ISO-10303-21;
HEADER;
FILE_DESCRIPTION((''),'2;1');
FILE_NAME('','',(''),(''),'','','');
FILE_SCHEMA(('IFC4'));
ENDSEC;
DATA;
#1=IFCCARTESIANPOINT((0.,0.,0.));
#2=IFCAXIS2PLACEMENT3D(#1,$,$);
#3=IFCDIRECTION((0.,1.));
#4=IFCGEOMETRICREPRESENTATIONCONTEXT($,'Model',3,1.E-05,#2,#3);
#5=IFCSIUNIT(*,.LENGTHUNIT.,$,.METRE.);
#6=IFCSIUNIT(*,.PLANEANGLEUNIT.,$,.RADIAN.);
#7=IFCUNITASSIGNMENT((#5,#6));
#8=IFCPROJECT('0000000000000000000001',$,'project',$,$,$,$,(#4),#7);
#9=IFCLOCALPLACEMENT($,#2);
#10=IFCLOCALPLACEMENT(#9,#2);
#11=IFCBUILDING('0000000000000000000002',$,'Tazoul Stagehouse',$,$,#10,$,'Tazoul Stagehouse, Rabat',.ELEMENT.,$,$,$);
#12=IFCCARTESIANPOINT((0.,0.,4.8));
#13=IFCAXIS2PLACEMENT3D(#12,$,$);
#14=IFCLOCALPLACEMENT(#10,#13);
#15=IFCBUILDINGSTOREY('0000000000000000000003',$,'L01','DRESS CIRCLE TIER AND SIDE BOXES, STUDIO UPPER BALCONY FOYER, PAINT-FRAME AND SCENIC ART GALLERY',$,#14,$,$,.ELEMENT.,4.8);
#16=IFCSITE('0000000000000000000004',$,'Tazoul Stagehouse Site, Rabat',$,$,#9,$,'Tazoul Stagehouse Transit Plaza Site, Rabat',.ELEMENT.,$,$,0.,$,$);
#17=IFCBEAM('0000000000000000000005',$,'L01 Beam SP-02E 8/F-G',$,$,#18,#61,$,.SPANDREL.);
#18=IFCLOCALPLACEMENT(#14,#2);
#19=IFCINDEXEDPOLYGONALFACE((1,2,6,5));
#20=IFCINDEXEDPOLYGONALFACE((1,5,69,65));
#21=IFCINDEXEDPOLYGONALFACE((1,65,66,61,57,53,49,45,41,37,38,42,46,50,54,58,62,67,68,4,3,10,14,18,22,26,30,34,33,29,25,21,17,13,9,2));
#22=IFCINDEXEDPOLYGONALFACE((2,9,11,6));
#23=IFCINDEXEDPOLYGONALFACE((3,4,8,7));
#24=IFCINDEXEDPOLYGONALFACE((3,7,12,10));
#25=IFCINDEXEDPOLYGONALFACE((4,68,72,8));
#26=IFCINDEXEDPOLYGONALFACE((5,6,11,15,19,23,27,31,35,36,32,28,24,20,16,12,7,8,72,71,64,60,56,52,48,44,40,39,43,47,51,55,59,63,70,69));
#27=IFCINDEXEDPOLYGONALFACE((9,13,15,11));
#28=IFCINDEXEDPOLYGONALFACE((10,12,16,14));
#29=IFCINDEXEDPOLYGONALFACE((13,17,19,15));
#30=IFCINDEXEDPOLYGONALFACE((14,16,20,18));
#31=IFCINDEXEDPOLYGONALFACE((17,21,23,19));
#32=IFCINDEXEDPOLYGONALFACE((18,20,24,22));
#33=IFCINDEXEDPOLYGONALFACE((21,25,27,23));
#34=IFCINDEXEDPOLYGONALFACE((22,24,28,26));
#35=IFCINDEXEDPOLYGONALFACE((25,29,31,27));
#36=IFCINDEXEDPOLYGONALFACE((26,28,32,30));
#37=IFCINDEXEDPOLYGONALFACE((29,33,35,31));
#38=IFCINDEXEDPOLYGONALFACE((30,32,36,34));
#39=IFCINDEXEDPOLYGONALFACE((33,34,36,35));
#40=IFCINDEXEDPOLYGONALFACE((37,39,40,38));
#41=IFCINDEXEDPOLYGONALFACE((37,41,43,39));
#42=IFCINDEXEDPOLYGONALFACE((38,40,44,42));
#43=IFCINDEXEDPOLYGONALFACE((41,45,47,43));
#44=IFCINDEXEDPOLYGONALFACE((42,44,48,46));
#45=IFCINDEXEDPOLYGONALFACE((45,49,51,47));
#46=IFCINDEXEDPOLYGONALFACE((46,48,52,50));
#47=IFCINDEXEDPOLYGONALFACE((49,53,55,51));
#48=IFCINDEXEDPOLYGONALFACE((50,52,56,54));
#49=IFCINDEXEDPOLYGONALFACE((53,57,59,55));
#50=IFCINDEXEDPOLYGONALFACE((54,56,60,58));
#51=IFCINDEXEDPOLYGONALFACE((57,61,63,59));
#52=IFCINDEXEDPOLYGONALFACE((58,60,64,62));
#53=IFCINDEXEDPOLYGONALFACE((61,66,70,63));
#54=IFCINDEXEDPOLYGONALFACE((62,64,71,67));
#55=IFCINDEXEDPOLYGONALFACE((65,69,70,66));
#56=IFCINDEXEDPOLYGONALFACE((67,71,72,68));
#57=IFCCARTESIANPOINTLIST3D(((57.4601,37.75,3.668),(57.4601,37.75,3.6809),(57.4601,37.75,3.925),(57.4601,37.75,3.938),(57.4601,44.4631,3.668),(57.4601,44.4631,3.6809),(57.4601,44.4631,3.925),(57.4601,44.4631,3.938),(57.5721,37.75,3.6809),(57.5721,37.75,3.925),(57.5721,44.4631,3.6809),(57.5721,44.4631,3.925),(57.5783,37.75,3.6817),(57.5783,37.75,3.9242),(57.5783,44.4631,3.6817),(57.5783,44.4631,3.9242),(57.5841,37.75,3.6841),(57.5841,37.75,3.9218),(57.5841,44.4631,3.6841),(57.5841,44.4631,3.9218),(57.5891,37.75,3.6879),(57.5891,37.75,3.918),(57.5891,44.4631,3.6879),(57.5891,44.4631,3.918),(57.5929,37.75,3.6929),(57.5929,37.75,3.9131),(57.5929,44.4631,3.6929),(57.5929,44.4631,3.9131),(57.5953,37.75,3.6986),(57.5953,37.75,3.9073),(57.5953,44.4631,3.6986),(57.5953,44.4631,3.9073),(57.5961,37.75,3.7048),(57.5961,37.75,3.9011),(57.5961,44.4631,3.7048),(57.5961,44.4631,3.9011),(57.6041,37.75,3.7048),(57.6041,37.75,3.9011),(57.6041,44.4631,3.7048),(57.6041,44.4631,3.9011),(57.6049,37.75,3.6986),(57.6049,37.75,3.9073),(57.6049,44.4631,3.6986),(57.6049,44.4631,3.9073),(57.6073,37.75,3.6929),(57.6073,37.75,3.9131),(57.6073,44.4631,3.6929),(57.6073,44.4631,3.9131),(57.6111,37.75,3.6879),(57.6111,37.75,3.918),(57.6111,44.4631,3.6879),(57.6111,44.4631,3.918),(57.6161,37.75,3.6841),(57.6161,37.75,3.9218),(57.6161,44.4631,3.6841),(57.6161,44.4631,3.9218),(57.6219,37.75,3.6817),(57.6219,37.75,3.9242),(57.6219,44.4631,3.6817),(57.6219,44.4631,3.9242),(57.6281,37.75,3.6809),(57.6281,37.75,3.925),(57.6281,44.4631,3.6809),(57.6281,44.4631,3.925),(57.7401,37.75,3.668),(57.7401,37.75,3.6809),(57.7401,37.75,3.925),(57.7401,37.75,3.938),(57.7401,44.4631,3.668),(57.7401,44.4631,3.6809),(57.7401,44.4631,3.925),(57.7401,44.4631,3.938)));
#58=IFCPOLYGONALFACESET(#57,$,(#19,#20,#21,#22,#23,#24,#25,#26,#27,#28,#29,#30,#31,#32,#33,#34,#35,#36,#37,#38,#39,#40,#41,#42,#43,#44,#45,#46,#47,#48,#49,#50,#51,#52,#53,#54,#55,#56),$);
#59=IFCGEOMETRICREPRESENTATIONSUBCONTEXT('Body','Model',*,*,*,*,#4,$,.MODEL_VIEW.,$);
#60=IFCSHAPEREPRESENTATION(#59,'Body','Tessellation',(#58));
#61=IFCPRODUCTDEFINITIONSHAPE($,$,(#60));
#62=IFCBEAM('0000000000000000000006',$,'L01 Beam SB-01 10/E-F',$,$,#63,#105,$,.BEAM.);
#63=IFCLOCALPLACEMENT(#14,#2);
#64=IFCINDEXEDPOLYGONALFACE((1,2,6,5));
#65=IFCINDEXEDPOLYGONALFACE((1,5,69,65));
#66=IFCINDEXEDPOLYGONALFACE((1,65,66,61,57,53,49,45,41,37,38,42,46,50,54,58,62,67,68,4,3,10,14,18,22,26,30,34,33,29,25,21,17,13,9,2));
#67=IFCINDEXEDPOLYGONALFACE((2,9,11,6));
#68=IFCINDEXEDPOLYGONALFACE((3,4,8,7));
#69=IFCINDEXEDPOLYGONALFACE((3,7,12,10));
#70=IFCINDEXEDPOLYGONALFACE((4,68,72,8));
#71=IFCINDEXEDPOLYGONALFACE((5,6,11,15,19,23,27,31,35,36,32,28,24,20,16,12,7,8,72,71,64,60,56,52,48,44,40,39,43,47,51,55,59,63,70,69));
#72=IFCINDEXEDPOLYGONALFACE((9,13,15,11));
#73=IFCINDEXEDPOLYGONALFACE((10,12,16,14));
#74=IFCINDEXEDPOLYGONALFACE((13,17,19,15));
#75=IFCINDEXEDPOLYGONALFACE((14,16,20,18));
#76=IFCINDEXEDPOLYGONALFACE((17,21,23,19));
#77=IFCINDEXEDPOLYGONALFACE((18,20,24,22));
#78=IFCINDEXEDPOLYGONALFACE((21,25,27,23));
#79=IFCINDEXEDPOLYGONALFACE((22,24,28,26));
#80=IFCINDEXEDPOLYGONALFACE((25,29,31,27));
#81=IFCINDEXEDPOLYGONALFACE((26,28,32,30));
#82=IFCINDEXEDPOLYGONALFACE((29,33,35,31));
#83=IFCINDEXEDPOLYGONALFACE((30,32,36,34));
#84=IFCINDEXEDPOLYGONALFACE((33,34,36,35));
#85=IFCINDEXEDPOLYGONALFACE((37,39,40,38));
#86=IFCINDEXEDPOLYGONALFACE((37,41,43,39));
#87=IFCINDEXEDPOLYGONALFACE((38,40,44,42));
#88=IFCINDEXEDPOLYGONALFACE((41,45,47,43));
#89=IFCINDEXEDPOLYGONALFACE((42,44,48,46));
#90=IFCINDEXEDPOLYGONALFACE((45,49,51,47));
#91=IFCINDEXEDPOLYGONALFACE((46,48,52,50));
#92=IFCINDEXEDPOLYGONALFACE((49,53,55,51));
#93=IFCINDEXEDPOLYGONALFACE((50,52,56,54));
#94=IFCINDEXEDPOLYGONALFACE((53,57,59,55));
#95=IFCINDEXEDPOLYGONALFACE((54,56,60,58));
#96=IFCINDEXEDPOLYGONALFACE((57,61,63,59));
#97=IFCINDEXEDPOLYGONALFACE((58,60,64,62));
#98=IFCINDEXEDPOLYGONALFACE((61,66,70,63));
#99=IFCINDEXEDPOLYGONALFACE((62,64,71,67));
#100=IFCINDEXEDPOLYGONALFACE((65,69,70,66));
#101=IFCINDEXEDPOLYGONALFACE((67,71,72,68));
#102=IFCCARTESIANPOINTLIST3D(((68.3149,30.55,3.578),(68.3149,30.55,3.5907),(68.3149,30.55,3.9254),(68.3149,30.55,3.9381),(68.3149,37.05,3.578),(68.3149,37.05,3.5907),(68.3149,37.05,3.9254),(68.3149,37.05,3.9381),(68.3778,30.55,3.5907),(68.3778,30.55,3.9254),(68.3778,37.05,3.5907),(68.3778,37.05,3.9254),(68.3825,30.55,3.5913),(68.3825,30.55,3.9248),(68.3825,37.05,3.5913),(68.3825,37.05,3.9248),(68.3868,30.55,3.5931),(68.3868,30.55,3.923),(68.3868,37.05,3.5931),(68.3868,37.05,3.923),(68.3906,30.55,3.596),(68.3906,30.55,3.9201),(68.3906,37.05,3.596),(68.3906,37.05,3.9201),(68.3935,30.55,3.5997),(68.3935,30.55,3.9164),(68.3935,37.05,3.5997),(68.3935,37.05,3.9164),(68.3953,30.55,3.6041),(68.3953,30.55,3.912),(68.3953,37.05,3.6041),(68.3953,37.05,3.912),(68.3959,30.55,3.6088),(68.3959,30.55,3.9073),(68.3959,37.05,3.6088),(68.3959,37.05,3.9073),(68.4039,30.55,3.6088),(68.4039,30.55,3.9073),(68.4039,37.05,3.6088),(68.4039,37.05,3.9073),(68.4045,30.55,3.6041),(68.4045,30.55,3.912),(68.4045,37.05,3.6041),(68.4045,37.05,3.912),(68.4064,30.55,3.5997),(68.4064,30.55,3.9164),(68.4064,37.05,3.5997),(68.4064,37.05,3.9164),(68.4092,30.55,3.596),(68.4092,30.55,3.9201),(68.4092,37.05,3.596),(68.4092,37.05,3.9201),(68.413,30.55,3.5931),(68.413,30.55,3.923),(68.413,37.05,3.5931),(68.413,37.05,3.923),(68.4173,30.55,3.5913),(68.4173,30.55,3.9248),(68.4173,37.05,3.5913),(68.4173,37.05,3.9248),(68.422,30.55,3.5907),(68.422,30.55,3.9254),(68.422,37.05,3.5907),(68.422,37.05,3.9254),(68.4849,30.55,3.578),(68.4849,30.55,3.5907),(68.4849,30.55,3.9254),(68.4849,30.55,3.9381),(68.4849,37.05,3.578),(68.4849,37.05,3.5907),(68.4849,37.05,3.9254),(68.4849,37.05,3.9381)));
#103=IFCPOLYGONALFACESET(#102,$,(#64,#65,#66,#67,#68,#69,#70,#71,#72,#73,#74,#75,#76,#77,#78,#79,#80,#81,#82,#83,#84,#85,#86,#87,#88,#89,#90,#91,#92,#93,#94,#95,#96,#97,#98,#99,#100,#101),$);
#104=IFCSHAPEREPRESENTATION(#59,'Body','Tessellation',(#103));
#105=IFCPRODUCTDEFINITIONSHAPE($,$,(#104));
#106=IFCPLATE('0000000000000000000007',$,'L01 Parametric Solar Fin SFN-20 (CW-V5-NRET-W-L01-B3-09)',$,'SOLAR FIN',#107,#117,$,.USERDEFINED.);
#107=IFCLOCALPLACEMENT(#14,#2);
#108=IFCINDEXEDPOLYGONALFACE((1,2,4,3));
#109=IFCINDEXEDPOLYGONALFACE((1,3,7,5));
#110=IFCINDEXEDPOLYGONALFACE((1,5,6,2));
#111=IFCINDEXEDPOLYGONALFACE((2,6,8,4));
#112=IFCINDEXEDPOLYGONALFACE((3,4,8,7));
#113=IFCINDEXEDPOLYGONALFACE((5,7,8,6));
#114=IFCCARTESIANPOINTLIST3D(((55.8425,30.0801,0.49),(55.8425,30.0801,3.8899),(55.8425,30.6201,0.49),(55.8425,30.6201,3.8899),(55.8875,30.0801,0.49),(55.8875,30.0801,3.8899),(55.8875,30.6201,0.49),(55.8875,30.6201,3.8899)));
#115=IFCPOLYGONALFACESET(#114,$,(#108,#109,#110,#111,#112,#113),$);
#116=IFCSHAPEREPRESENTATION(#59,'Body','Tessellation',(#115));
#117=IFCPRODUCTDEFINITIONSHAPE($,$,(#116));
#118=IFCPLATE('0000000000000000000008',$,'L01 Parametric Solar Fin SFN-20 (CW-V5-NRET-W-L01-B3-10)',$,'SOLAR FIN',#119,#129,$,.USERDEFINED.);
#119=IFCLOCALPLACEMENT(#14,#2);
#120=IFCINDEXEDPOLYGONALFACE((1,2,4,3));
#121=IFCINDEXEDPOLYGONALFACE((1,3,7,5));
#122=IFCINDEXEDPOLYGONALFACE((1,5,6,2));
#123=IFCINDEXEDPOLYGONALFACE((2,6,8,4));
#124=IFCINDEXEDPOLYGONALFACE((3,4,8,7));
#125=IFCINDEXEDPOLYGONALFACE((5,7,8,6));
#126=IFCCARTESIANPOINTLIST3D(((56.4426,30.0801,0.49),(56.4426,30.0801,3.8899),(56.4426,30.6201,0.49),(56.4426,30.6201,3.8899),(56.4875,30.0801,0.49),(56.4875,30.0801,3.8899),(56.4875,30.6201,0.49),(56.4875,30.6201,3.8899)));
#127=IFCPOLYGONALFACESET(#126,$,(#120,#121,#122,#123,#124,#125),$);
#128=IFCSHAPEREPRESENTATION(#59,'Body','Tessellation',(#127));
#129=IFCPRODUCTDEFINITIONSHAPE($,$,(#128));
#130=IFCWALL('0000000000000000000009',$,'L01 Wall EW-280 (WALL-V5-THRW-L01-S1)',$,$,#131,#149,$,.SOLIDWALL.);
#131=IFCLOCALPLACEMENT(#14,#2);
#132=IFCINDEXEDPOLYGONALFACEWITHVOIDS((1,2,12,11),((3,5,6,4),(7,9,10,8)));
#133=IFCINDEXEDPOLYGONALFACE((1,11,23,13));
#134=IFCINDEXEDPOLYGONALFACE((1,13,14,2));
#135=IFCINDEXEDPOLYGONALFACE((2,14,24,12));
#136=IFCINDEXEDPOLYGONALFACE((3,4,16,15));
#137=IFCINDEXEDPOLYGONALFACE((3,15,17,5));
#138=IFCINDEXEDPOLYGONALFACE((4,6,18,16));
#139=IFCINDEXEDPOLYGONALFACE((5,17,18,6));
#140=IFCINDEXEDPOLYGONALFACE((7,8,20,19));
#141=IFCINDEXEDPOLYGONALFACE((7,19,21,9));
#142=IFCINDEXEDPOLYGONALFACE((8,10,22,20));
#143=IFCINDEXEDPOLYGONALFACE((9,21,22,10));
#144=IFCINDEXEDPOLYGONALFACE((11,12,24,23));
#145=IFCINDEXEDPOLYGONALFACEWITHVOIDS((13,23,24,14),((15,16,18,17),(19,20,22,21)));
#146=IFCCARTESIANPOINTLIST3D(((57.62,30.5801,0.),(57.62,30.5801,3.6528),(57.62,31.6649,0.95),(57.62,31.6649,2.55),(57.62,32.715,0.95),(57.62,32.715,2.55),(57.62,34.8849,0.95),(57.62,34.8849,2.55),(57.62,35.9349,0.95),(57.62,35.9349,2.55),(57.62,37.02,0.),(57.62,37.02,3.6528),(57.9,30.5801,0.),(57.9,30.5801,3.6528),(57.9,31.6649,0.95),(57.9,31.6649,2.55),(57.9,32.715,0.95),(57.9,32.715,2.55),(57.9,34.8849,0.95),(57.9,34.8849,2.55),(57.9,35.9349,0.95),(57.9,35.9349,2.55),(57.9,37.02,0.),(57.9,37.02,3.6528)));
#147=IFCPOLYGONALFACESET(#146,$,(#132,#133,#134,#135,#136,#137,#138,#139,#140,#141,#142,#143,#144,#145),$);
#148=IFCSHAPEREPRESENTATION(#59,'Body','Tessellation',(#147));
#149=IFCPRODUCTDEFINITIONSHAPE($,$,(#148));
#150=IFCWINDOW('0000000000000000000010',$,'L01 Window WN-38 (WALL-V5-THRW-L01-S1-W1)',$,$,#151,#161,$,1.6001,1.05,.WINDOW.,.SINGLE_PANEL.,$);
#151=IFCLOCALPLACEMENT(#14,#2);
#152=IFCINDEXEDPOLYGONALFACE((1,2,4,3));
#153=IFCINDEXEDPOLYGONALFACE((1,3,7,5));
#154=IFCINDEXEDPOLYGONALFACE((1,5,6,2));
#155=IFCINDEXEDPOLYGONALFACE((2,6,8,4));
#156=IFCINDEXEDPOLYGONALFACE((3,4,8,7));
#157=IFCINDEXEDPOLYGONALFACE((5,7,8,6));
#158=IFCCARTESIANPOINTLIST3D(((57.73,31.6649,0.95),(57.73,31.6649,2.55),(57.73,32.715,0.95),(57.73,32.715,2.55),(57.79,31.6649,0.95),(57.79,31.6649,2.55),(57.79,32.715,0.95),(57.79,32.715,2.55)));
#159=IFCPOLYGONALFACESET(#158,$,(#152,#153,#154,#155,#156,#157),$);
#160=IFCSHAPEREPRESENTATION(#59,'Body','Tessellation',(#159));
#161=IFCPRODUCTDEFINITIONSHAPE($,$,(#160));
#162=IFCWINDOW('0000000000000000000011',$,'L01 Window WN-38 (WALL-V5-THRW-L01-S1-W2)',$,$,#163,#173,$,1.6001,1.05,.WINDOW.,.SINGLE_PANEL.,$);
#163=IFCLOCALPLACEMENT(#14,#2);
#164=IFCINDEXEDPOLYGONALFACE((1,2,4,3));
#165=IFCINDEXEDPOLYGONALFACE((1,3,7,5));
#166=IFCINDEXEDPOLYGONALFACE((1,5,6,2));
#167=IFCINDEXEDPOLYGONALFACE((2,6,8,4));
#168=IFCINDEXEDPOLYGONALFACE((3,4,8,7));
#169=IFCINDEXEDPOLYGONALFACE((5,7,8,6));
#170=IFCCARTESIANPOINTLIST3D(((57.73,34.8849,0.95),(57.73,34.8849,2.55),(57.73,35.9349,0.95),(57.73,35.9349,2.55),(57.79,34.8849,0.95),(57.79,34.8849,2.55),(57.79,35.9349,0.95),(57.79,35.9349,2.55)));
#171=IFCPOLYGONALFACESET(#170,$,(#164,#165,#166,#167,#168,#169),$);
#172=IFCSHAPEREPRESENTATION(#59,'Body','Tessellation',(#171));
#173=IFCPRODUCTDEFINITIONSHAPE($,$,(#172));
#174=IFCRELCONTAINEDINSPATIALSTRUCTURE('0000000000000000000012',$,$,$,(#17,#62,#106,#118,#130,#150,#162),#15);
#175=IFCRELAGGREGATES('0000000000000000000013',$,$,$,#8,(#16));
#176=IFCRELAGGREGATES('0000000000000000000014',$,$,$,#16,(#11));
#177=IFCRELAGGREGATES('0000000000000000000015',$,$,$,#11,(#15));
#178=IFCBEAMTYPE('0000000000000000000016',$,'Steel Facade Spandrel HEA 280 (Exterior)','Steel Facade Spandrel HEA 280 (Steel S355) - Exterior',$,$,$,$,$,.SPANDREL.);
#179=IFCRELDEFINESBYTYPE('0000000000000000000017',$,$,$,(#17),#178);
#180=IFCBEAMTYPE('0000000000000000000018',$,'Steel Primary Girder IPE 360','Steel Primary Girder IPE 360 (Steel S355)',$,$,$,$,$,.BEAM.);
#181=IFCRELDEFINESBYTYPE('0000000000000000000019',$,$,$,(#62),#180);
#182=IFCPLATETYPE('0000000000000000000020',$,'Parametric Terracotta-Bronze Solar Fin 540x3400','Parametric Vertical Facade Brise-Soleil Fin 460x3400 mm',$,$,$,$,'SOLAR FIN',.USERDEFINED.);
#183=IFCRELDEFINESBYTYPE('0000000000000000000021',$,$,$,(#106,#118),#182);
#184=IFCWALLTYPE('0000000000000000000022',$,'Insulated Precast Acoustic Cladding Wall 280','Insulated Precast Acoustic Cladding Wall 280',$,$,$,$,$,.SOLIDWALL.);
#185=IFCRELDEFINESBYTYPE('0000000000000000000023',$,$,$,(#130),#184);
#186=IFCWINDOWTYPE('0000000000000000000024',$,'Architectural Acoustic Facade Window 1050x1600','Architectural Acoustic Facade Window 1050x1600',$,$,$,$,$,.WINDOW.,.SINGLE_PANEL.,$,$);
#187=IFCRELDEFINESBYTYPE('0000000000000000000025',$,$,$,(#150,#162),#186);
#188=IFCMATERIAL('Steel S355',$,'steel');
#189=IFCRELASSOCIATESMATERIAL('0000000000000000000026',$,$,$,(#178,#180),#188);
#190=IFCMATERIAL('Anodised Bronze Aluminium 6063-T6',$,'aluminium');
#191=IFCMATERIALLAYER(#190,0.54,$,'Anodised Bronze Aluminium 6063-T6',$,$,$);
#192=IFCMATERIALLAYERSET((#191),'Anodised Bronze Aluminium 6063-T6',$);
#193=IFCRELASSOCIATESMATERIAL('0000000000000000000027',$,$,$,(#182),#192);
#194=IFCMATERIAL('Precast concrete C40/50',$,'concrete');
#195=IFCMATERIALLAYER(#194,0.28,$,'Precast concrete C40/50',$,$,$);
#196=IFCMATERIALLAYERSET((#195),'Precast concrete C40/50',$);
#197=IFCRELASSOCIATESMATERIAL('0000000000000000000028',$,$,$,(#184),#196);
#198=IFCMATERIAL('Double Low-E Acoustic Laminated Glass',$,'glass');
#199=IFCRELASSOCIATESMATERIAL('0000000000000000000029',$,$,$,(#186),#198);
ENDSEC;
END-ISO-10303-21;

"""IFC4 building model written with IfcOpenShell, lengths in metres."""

from ifc_helpers import new_model, si_unit, direction, frame, frame_2d, origin, origin_2d, place, context, subcontext, project, spatial, rectangle, i_section, extrude, material, layer, layer_set, material_profile, profile_set, type_object, element, fill, save


model = new_model("IFC4")

# Units and contexts
model_context = context("Model", 3, precision=1e-05, world=origin(), true_north=direction((0.0, 1.0)))
body_context = subcontext(model_context, "Body", "Model", "MODEL_VIEW")
ifc_project = project(units=[si_unit("LENGTHUNIT", "METRE"), si_unit("PLANEANGLEUNIT", "RADIAN")], contexts=[model_context])

# Site, building, storey
site_placement = place(None, origin())
site = spatial("IfcSite", under=ifc_project, at=site_placement, Name="Tazoul Stagehouse Site, Rabat", LongName="Tazoul Stagehouse Transit Plaza Site, Rabat", CompositionType="ELEMENT", RefElevation=0.0)
building_placement = place(site_placement, origin())
building = spatial("IfcBuilding", under=site, at=building_placement, Name="Tazoul Stagehouse", LongName="Tazoul Stagehouse, Rabat", CompositionType="ELEMENT")
storey_placement = place(building_placement, frame((0.0, 0.0, 4.8)))
storey = spatial("IfcBuildingStorey", under=building, at=storey_placement, Name="L01", Description="DRESS CIRCLE TIER AND SIDE BOXES, STUDIO UPPER BALCONY FOYER, PAINT-FRAME AND SCENIC ART GALLERY", CompositionType="ELEMENT", Elevation=4.8)

# Beams
ifc_material_1 = material(Name="Steel S355", Category="steel")
ifc_material_profile_1 = material_profile(ifc_material_1, i_section(OverallWidth=0.28, OverallDepth=0.27, WebThickness=0.0081, FlangeThickness=0.0129, FilletRadius=0.0239, at=origin_2d()), Name="HEA 280")
ifc_profile_set_1 = profile_set([ifc_material_profile_1], Name="Steel S355")
beam_type_1 = type_object("IfcBeamType", Name="Steel Facade Spandrel HEA 280 (Exterior)", Description="Steel Facade Spandrel HEA 280 (Steel S355) - Exterior", PredefinedType="SPANDREL", material=ifc_profile_set_1)
beam_1_placement = place(storey_placement, frame((57.6001, 37.75, 3.803), z_axis=(0.0, 1.0, 0.0), x_axis=(-1.0, 0.0, 0.0)))
element("IfcBeam", 1, at=beam_1_placement, inside=storey, type_object=beam_type_1, Name="L01 Beam SP-02E 8/F-G", PredefinedType="SPANDREL", context=body_context, shape_type="SweptSolid", body=[
    extrude(i_section(OverallWidth=0.28, OverallDepth=0.27, WebThickness=0.0081, FlangeThickness=0.0129, FilletRadius=0.0239, at=origin_2d()), origin(), (0.0, 0.0, 1.0), 6.7131),
])
ifc_material_profile_2 = material_profile(ifc_material_1, i_section(OverallWidth=0.1699, OverallDepth=0.3601, WebThickness=0.0081, FlangeThickness=0.0127, FilletRadius=0.0181, at=origin_2d()), Name="IPE 360")
ifc_profile_set_2 = profile_set([ifc_material_profile_2], Name="Steel S355")
beam_type_2 = type_object("IfcBeamType", Name="Steel Primary Girder IPE 360", Description="Steel Primary Girder IPE 360 (Steel S355)", PredefinedType="BEAM", material=ifc_profile_set_2)
beam_2_placement = place(storey_placement, frame((68.3999, 30.55, 3.7581), z_axis=(0.0, 1.0, 0.0), x_axis=(-1.0, 0.0, 0.0)))
element("IfcBeam", 2, at=beam_2_placement, inside=storey, type_object=beam_type_2, Name="L01 Beam SB-01 10/E-F", PredefinedType="BEAM", context=body_context, shape_type="SweptSolid", body=[
    extrude(i_section(OverallWidth=0.1699, OverallDepth=0.3601, WebThickness=0.0081, FlangeThickness=0.0127, FilletRadius=0.0181, at=origin_2d()), origin(), (0.0, 0.0, 1.0), 6.5),
])

# Plates
ifc_material_2 = material(Name="Anodised Bronze Aluminium 6063-T6", Category="aluminium")
ifc_layer_1 = layer(ifc_material_2, 0.54, Name="Anodised Bronze Aluminium 6063-T6")
ifc_layer_set_1 = layer_set([ifc_layer_1], Name="Anodised Bronze Aluminium 6063-T6")
plate_type = type_object("IfcPlateType", Name="Parametric Terracotta-Bronze Solar Fin 540x3400", Description="Parametric Vertical Facade Brise-Soleil Fin 460x3400 mm", ElementType="SOLAR FIN", PredefinedType="USERDEFINED", material=ifc_layer_set_1)
for number, where, z_axis, x_axis, name in (
    (3, (55.865, 30.3501, 0.49), (0.0, 0.0, 1.0), (1.0, 0.0, 0.0), "L01 Parametric Solar Fin SFN-20 (CW-V5-NRET-W-L01-B3-09)"),
    (4, (56.4651, 30.3501, 0.49), (0.0, 0.0, 1.0), (1.0, 0.0, 0.0), "L01 Parametric Solar Fin SFN-20 (CW-V5-NRET-W-L01-B3-10)"),
):
    element("IfcPlate", number, at=place(storey_placement, frame(where, z_axis=z_axis, x_axis=x_axis)), inside=storey, type_object=plate_type, Name=name, ObjectType="SOLAR FIN", PredefinedType="USERDEFINED", context=body_context, shape_type="SweptSolid", body=[
        extrude(rectangle(XDim=0.0449, YDim=0.54, at=origin_2d()), origin(), (0.0, 0.0, 1.0), 3.3999),
    ])

# Wall, openings, windows
ifc_material_3 = material(Name="Precast concrete C40/50", Category="concrete")
ifc_layer_2 = layer(ifc_material_3, 0.28, Name="Precast concrete C40/50")
ifc_layer_set_2 = layer_set([ifc_layer_2], Name="Precast concrete C40/50")
wall_type_1 = type_object("IfcWallType", Name="Insulated Precast Acoustic Cladding Wall 280", Description="Insulated Precast Acoustic Cladding Wall 280", PredefinedType="SOLIDWALL", material=ifc_layer_set_2)
wall_1_placement = place(storey_placement, frame((57.76, 30.5801, 0.0), z_axis=(0.0, 0.0, 1.0), x_axis=(0.0, 1.0, 0.0)))
wall_1 = element("IfcWall", 5, at=wall_1_placement, inside=storey, type_object=wall_type_1, Name="L01 Wall EW-280 (WALL-V5-THRW-L01-S1)", PredefinedType="SOLIDWALL", context=body_context, shape_type="SweptSolid", body=[
    extrude(rectangle(XDim=6.4399, YDim=0.28, at=frame_2d((3.22, 0.0))), origin(), (0.0, 0.0, 1.0), 3.6528),
])
opening_1_placement = place(wall_1_placement, frame((1.085, 0.0, 0.95)))
opening_1 = element("IfcOpeningElement", 6, at=opening_1_placement, cuts=wall_1, PredefinedType="OPENING", context=body_context, shape_type="SweptSolid", body=[
    extrude(rectangle(XDim=1.05, YDim=1.6001, at=frame_2d((0.5249, 0.8))), frame((0.0, 0.1599, 0.0), z_axis=(0.0, -1.0, 0.0), x_axis=(1.0, 0.0, 0.0)), (0.0, 0.0, 1.0), 0.3201),
])
opening_2_placement = place(wall_1_placement, frame((4.3049, 0.0, 0.95)))
opening_2 = element("IfcOpeningElement", 7, at=opening_2_placement, cuts=wall_1, PredefinedType="OPENING", context=body_context, shape_type="SweptSolid", body=[
    extrude(rectangle(XDim=1.05, YDim=1.6001, at=frame_2d((0.5249, 0.8))), frame((0.0, 0.1599, 0.0), z_axis=(0.0, -1.0, 0.0), x_axis=(1.0, 0.0, 0.0)), (0.0, 0.0, 1.0), 0.3201),
])
ifc_material_4 = material(Name="Double Low-E Acoustic Laminated Glass", Category="glass")
window_type = type_object("IfcWindowType", Name="Architectural Acoustic Facade Window 1050x1600", Description="Architectural Acoustic Facade Window 1050x1600", PartitioningType="SINGLE_PANEL", PredefinedType="WINDOW", material=ifc_material_4)
window_1_placement = place(opening_1_placement, origin())
window_1 = element("IfcWindow", 8, at=window_1_placement, inside=storey, type_object=window_type, Name="L01 Window WN-38 (WALL-V5-THRW-L01-S1-W1)", OverallHeight=1.6001, OverallWidth=1.05, PartitioningType="SINGLE_PANEL", PredefinedType="WINDOW", context=body_context, shape_type="SweptSolid", body=[
    extrude(rectangle(XDim=1.05, YDim=1.6001, at=frame_2d((0.5249, 0.8))), frame((0.0, 0.03, 0.0), z_axis=(0.0, -1.0, 0.0), x_axis=(1.0, 0.0, 0.0)), (0.0, 0.0, 1.0), 0.0601),
])
fill(opening_1, window_1)
window_2_placement = place(opening_2_placement, origin())
window_2 = element("IfcWindow", 9, at=window_2_placement, inside=storey, type_object=window_type, Name="L01 Window WN-38 (WALL-V5-THRW-L01-S1-W2)", OverallHeight=1.6001, OverallWidth=1.05, PartitioningType="SINGLE_PANEL", PredefinedType="WINDOW", context=body_context, shape_type="SweptSolid", body=[
    extrude(rectangle(XDim=1.05, YDim=1.6001, at=frame_2d((0.5249, 0.8))), frame((0.0, 0.03, 0.0), z_axis=(0.0, -1.0, 0.0), x_axis=(1.0, 0.0, 0.0)), (0.0, 0.0, 1.0), 0.0601),
])
fill(opening_2, window_2)

save(model, "model.ifc")
